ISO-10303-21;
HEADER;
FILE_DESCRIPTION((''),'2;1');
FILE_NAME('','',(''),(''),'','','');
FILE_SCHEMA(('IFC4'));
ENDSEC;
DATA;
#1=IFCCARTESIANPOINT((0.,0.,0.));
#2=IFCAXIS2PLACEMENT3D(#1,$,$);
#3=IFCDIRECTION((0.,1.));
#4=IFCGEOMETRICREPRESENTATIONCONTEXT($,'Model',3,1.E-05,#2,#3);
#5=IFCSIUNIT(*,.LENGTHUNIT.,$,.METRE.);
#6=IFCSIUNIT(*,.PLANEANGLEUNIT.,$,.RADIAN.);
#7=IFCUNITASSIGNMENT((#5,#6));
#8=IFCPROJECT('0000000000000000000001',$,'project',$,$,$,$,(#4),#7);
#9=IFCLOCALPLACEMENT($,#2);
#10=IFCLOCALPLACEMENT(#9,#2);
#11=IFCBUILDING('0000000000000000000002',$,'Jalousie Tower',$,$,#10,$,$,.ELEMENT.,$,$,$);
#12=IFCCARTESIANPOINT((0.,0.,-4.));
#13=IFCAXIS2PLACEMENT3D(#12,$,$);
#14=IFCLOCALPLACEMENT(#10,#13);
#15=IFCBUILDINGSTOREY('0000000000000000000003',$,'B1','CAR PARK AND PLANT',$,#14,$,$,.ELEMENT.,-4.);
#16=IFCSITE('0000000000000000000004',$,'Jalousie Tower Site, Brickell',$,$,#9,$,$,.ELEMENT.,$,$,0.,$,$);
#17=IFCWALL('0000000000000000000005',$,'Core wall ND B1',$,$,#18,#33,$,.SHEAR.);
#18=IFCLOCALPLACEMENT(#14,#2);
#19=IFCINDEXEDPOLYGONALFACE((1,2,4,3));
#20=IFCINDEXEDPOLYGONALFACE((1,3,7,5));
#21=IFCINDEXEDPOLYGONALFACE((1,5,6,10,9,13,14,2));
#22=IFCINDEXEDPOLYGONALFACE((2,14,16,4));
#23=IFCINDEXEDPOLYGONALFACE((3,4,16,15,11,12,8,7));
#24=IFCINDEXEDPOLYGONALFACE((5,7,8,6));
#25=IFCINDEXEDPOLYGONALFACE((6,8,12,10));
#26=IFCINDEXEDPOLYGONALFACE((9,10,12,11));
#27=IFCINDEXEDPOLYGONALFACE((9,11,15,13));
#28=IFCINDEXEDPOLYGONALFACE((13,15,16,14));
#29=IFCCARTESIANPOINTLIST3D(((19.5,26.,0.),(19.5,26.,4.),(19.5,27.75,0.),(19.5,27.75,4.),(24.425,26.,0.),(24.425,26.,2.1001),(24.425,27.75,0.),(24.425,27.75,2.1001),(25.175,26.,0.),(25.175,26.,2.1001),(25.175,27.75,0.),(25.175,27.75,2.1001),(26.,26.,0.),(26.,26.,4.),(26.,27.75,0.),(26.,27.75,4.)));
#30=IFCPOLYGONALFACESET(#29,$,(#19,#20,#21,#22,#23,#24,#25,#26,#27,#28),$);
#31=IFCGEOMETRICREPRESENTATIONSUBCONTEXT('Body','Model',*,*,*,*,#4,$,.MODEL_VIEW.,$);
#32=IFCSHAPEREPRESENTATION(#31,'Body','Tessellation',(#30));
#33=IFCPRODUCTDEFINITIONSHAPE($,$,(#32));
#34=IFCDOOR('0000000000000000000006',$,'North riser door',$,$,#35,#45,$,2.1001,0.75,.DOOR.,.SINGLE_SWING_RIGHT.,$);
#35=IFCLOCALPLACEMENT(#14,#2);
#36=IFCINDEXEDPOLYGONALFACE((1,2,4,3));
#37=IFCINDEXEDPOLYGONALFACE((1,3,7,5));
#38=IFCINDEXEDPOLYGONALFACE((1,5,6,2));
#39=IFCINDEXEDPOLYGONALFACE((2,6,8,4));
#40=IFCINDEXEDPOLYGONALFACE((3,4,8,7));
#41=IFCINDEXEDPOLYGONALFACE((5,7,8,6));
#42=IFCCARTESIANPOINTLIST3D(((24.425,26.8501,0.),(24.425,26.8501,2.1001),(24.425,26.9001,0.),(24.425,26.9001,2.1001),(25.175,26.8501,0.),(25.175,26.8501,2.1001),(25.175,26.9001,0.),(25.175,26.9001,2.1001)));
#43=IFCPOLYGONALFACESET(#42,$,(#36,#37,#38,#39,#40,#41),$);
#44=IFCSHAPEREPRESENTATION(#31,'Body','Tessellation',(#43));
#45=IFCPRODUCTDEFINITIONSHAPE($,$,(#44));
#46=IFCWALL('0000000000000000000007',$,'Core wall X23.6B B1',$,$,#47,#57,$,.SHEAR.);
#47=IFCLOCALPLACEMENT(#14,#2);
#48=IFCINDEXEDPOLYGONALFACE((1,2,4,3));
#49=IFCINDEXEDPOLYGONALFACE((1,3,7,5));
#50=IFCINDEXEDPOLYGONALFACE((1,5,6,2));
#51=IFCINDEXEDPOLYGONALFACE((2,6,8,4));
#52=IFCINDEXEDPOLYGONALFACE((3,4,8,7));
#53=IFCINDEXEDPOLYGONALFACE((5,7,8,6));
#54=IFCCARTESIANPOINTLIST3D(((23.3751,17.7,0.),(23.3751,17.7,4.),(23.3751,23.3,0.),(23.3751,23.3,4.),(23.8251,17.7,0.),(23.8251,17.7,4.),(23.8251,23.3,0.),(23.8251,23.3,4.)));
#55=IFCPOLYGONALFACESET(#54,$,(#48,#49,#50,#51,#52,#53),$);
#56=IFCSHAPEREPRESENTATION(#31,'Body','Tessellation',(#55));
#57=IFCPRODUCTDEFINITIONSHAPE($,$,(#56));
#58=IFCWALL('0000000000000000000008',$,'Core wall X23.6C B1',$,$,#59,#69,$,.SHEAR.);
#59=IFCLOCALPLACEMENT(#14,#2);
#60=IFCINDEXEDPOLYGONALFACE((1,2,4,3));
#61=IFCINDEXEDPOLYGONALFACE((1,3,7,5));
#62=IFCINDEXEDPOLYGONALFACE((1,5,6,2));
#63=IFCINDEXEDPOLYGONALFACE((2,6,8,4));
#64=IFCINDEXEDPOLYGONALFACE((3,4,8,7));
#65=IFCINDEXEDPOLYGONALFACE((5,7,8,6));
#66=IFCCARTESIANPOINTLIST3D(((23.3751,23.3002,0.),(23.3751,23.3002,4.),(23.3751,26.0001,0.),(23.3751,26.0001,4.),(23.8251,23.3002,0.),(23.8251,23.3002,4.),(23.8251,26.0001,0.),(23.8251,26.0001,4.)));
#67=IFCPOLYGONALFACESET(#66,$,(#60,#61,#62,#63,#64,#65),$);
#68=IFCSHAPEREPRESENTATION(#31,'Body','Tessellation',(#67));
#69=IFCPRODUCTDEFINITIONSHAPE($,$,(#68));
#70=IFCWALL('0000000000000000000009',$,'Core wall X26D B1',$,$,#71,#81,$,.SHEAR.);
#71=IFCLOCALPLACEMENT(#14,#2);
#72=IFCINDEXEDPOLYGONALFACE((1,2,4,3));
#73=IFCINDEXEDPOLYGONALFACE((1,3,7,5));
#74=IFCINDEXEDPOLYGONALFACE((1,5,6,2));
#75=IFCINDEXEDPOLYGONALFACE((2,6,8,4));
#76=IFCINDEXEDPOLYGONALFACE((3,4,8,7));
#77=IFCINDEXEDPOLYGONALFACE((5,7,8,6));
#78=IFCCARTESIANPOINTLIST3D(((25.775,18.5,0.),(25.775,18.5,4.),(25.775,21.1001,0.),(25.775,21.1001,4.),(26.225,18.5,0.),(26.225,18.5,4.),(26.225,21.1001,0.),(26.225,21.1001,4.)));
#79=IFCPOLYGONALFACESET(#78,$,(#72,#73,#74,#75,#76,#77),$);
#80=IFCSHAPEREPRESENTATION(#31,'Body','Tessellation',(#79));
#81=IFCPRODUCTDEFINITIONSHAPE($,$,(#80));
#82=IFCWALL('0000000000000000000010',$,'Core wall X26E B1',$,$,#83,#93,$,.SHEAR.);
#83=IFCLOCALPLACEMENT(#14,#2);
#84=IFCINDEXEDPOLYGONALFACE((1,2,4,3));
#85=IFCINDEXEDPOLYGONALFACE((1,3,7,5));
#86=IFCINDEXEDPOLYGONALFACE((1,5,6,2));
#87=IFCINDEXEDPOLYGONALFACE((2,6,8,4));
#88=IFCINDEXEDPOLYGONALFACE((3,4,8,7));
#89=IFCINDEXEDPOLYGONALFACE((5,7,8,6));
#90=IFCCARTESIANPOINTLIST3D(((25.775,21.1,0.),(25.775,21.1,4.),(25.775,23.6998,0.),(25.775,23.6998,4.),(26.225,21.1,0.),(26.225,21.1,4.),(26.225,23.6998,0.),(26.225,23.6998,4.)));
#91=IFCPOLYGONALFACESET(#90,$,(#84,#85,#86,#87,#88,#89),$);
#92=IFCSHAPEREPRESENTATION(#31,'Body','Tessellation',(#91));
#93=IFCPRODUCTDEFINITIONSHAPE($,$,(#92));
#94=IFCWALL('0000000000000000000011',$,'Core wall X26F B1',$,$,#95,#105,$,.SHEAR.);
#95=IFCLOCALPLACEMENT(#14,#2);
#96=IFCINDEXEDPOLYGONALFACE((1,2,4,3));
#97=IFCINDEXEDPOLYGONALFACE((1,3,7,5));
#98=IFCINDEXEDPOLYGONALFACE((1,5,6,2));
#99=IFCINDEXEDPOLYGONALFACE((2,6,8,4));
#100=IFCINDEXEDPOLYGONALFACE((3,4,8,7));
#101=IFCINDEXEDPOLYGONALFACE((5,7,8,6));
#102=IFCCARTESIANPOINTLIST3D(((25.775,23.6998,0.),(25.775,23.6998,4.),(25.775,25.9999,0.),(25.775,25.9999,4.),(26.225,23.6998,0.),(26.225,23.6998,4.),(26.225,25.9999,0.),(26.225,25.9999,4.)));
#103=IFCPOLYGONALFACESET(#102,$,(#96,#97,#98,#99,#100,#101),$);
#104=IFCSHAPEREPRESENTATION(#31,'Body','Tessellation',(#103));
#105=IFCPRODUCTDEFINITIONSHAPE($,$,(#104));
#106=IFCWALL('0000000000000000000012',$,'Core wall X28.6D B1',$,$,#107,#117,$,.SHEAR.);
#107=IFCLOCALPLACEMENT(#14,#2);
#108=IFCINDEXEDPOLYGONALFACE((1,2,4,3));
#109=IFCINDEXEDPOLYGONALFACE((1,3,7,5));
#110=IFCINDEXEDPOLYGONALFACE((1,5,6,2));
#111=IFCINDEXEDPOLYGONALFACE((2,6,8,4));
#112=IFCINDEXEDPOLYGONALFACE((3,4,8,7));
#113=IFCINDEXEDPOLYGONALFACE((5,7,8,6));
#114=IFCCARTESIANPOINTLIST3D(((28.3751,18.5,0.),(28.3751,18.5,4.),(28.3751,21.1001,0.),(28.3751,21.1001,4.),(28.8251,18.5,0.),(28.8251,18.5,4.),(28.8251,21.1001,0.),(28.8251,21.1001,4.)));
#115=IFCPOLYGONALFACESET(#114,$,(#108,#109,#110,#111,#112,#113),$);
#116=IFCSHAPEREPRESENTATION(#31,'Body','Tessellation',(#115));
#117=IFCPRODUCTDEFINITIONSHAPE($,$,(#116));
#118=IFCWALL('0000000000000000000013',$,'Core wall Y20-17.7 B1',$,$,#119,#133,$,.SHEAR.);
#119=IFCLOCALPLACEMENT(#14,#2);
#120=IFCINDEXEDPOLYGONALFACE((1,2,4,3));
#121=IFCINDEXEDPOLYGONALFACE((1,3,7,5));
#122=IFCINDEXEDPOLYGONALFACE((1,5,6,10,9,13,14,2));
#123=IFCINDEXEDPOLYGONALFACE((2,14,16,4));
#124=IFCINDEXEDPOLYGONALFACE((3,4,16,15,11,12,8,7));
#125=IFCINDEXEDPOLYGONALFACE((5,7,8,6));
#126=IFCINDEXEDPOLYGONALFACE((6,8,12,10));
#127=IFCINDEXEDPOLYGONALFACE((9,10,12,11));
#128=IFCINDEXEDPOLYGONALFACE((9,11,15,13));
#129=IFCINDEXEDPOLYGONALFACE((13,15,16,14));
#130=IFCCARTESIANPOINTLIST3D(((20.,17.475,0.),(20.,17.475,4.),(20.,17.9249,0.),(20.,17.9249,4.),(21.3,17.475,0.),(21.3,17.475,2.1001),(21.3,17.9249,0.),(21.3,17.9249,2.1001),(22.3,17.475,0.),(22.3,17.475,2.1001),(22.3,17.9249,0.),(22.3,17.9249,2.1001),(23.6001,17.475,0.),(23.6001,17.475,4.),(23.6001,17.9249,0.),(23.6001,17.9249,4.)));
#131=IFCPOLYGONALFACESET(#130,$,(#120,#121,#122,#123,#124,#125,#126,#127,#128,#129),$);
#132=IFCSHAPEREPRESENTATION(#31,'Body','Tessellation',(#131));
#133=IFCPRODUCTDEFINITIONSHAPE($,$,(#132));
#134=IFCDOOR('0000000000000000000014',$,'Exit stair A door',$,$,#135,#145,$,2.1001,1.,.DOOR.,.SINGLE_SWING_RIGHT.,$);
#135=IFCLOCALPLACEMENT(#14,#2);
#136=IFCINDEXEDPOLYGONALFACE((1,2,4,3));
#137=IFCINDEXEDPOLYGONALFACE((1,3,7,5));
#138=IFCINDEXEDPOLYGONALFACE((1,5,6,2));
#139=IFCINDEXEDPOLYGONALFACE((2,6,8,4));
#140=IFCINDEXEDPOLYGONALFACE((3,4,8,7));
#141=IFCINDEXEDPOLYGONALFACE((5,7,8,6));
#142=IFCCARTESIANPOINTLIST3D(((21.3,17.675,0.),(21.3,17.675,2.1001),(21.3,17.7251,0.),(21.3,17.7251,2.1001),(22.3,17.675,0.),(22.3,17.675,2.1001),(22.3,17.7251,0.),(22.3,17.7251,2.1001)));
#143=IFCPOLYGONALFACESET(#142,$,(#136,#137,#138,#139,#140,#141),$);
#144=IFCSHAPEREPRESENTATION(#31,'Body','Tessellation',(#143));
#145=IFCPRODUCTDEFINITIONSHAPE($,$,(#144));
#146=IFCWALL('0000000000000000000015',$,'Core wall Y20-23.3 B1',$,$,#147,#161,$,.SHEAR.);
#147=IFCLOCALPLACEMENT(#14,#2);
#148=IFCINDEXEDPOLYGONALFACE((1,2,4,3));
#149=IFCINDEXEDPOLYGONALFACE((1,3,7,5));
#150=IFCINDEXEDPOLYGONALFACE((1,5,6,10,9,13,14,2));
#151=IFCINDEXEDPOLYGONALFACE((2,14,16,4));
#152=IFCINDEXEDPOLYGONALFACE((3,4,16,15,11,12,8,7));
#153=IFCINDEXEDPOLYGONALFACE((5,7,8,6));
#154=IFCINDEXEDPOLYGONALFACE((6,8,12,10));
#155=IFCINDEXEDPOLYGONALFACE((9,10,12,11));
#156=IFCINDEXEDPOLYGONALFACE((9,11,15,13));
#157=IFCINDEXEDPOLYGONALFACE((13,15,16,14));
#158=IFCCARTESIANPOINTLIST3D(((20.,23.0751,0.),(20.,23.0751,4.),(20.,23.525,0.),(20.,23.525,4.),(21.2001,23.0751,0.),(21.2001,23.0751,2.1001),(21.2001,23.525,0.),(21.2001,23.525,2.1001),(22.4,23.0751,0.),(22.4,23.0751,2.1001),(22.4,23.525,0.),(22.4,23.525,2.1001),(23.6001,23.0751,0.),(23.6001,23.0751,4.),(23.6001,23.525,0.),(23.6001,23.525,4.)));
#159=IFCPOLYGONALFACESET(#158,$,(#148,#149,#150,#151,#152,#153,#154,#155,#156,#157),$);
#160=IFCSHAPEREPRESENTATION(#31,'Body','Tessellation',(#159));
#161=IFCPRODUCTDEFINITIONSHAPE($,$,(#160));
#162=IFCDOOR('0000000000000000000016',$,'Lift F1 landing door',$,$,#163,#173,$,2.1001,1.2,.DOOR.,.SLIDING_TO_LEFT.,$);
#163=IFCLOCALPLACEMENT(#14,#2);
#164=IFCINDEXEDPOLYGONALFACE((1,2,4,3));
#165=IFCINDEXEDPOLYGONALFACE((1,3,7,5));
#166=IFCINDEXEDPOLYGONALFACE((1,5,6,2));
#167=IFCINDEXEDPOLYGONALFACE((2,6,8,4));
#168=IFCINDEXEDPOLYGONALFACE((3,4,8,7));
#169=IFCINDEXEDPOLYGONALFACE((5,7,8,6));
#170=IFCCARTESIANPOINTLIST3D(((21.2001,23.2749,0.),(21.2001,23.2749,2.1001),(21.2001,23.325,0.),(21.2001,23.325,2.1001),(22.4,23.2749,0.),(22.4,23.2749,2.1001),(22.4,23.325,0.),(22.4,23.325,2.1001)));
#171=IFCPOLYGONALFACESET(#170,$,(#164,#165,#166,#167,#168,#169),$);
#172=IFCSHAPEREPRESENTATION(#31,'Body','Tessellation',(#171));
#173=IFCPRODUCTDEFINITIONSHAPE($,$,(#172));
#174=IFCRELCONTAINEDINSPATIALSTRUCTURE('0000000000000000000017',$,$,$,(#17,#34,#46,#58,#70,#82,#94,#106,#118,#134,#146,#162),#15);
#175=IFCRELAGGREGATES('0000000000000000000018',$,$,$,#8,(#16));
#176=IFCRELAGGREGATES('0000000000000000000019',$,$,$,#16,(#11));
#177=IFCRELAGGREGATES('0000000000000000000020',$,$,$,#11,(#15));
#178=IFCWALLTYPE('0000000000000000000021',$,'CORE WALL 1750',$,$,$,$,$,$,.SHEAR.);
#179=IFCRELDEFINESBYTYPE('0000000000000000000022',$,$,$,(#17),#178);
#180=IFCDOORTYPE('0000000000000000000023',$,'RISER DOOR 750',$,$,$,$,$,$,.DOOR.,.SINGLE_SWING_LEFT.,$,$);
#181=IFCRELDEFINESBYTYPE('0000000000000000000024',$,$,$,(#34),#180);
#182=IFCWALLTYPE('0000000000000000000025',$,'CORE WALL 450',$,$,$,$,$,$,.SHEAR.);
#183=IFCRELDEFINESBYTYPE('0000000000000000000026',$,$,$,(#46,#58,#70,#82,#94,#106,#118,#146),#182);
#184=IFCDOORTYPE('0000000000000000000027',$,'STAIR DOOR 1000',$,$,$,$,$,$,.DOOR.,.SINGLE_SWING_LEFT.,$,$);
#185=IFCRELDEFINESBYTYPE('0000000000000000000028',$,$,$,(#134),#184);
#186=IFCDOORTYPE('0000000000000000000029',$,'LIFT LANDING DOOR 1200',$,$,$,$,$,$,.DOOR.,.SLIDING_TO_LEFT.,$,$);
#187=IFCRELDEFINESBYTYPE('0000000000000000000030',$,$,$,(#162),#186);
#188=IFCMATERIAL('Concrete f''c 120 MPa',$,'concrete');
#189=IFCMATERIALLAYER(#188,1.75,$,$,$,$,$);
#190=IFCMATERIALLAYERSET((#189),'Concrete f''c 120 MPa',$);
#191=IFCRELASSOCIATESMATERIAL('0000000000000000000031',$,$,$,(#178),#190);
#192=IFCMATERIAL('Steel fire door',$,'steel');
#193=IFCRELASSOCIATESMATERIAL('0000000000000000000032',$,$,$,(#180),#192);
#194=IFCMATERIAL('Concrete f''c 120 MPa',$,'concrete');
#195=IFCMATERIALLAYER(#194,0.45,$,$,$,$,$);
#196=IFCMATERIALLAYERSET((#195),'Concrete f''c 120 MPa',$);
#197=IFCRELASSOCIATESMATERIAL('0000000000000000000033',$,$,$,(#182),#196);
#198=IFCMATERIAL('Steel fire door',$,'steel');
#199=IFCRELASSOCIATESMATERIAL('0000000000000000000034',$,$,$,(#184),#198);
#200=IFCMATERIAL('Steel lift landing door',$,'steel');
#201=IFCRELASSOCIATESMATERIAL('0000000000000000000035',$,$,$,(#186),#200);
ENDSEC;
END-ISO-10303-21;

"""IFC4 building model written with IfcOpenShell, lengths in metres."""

from ifc_helpers import new_model, si_unit, direction, frame, frame_2d, origin, place, context, subcontext, project, spatial, rectangle, extrude, material, layer, layer_set, type_object, element, fill, save


model = new_model("IFC4")

# Units and contexts
model_context = context("Model", 3, precision=1e-05, world=origin(), true_north=direction((0.0, 1.0)))
body_context = subcontext(model_context, "Body", "Model", "MODEL_VIEW")
ifc_project = project(units=[si_unit("LENGTHUNIT", "METRE"), si_unit("PLANEANGLEUNIT", "RADIAN")], contexts=[model_context])

# Site, building, storey
site_placement = place(None, origin())
site = spatial("IfcSite", under=ifc_project, at=site_placement, Name="Jalousie Tower Site, Brickell", CompositionType="ELEMENT", RefElevation=0.0)
building_placement = place(site_placement, origin())
building = spatial("IfcBuilding", under=site, at=building_placement, Name="Jalousie Tower", CompositionType="ELEMENT")
storey_placement = place(building_placement, frame((0.0, 0.0, -4.0)))
storey = spatial("IfcBuildingStorey", under=building, at=storey_placement, Name="B1", Description="CAR PARK AND PLANT", CompositionType="ELEMENT", Elevation=-4.0)

# Wall, opening, door
ifc_material_1 = material(Name="Concrete f'c 120 MPa", Category="concrete")
ifc_layer_1 = layer(ifc_material_1, 1.75)
ifc_layer_set_1 = layer_set([ifc_layer_1], Name="Concrete f'c 120 MPa")
wall_type_1 = type_object("IfcWallType", Name="CORE WALL 1750", PredefinedType="SHEAR", material=ifc_layer_set_1)
wall_1_placement = place(storey_placement, frame((26.0, 26.875, 0.0), z_axis=(0.0, 0.0, 1.0), x_axis=(-1.0, 0.0, 0.0)))
wall_1 = element("IfcWall", 1, at=wall_1_placement, inside=storey, type_object=wall_type_1, Name="Core wall ND B1", PredefinedType="SHEAR", context=body_context, shape_type="SweptSolid", body=[
    extrude(rectangle(XDim=6.5, YDim=1.75, at=frame_2d((3.25, 0.0))), origin(), (0.0, 0.0, 1.0), 4.0),
])
opening_1_placement = place(wall_1_placement, frame((0.825, 0.0, 0.0)))
opening_1 = element("IfcOpeningElement", 2, at=opening_1_placement, cuts=wall_1, PredefinedType="OPENING", context=body_context, shape_type="SweptSolid", body=[
    extrude(rectangle(XDim=0.75, YDim=2.1001, at=frame_2d((0.375, 1.05))), frame((0.0, 0.885, 0.0), z_axis=(0.0, -1.0, 0.0), x_axis=(1.0, 0.0, 0.0)), (0.0, 0.0, 1.0), 1.77),
])
ifc_material_2 = material(Name="Steel fire door", Category="steel")
door_type_1 = type_object("IfcDoorType", Name="RISER DOOR 750", OperationType="SINGLE_SWING_LEFT", PredefinedType="DOOR", material=ifc_material_2)
door_1_placement = place(opening_1_placement, origin())
door_1 = element("IfcDoor", 3, at=door_1_placement, inside=storey, type_object=door_type_1, Name="North riser door", OperationType="SINGLE_SWING_RIGHT", OverallHeight=2.1001, OverallWidth=0.75, PredefinedType="DOOR", context=body_context, shape_type="SweptSolid", body=[
    extrude(rectangle(XDim=0.75, YDim=2.1001, at=frame_2d((0.375, 1.05))), frame((0.0, 0.0249, 0.0), z_axis=(0.0, -1.0, 0.0), x_axis=(1.0, 0.0, 0.0)), (0.0, 0.0, 1.0), 0.05),
])
fill(opening_1, door_1)

# Walls
ifc_material_3 = material(Name="Concrete f'c 120 MPa", Category="concrete")
ifc_layer_2 = layer(ifc_material_3, 0.45)
ifc_layer_set_2 = layer_set([ifc_layer_2], Name="Concrete f'c 120 MPa")
wall_type_2 = type_object("IfcWallType", Name="CORE WALL 450", PredefinedType="SHEAR", material=ifc_layer_set_2)
wall_2_placement = place(storey_placement, frame((23.6001, 17.7, 0.0), z_axis=(0.0, 0.0, 1.0), x_axis=(0.0, 1.0, 0.0)))
element("IfcWall", 4, at=wall_2_placement, inside=storey, type_object=wall_type_2, Name="Core wall X23.6B B1", PredefinedType="SHEAR", context=body_context, shape_type="SweptSolid", body=[
    extrude(rectangle(XDim=5.6001, YDim=0.45, at=frame_2d((2.8, 0.0))), origin(), (0.0, 0.0, 1.0), 4.0),
])
wall_3_placement = place(storey_placement, frame((23.6001, 23.3, 0.0), z_axis=(0.0, 0.0, 1.0), x_axis=(0.0, 1.0, 0.0)))
element("IfcWall", 5, at=wall_3_placement, inside=storey, type_object=wall_type_2, Name="Core wall X23.6C B1", PredefinedType="SHEAR", context=body_context, shape_type="SweptSolid", body=[
    extrude(rectangle(XDim=2.7, YDim=0.45, at=frame_2d((1.3501, 0.0))), origin(), (0.0, 0.0, 1.0), 4.0),
])
wall_4_placement = place(storey_placement, frame((26.0, 18.5, 0.0), z_axis=(0.0, 0.0, 1.0), x_axis=(0.0, 1.0, 0.0)))
element("IfcWall", 6, at=wall_4_placement, inside=storey, type_object=wall_type_2, Name="Core wall X26D B1", PredefinedType="SHEAR", context=body_context, shape_type="SweptSolid", body=[
    extrude(rectangle(XDim=2.6001, YDim=0.45, at=frame_2d((1.3, 0.0))), origin(), (0.0, 0.0, 1.0), 4.0),
])
wall_5_placement = place(storey_placement, frame((26.0, 21.1001, 0.0), z_axis=(0.0, 0.0, 1.0), x_axis=(0.0, 1.0, 0.0)))
element("IfcWall", 7, at=wall_5_placement, inside=storey, type_object=wall_type_2, Name="Core wall X26E B1", PredefinedType="SHEAR", context=body_context, shape_type="SweptSolid", body=[
    extrude(rectangle(XDim=2.5999, YDim=0.45, at=frame_2d((1.2998, 0.0))), origin(), (0.0, 0.0, 1.0), 4.0),
])
wall_6_placement = place(storey_placement, frame((26.0, 23.7, 0.0), z_axis=(0.0, 0.0, 1.0), x_axis=(0.0, 1.0, 0.0)))
element("IfcWall", 8, at=wall_6_placement, inside=storey, type_object=wall_type_2, Name="Core wall X26F B1", PredefinedType="SHEAR", context=body_context, shape_type="SweptSolid", body=[
    extrude(rectangle(XDim=2.3, YDim=0.45, at=frame_2d((1.1499, 0.0))), origin(), (0.0, 0.0, 1.0), 4.0),
])
wall_7_placement = place(storey_placement, frame((28.6001, 18.5, 0.0), z_axis=(0.0, 0.0, 1.0), x_axis=(0.0, 1.0, 0.0)))
element("IfcWall", 9, at=wall_7_placement, inside=storey, type_object=wall_type_2, Name="Core wall X28.6D B1", PredefinedType="SHEAR", context=body_context, shape_type="SweptSolid", body=[
    extrude(rectangle(XDim=2.6001, YDim=0.45, at=frame_2d((1.3, 0.0))), origin(), (0.0, 0.0, 1.0), 4.0),
])

# Walls, openings, doors
wall_8_placement = place(storey_placement, frame((20.0, 17.7, 0.0), z_axis=(0.0, 0.0, 1.0), x_axis=(1.0, 0.0, 0.0)))
wall_8 = element("IfcWall", 10, at=wall_8_placement, inside=storey, type_object=wall_type_2, Name="Core wall Y20-17.7 B1", PredefinedType="SHEAR", context=body_context, shape_type="SweptSolid", body=[
    extrude(rectangle(XDim=3.6001, YDim=0.45, at=frame_2d((1.8, 0.0))), origin(), (0.0, 0.0, 1.0), 4.0),
])
opening_2_placement = place(wall_8_placement, frame((1.3, 0.0, 0.0)))
opening_2 = element("IfcOpeningElement", 11, at=opening_2_placement, cuts=wall_8, PredefinedType="OPENING", context=body_context, shape_type="SweptSolid", body=[
    extrude(rectangle(XDim=1.0, YDim=2.1001, at=frame_2d((0.5, 1.05))), frame((0.0, 0.2349, 0.0), z_axis=(0.0, -1.0, 0.0), x_axis=(1.0, 0.0, 0.0)), (0.0, 0.0, 1.0), 0.47),
])
ifc_material_4 = material(Name="Steel fire door", Category="steel")
door_type_2 = type_object("IfcDoorType", Name="STAIR DOOR 1000", OperationType="SINGLE_SWING_LEFT", PredefinedType="DOOR", material=ifc_material_4)
door_2_placement = place(opening_2_placement, frame((1.0, 0.0, 0.0), z_axis=(0.0, 0.0, 1.0), x_axis=(-1.0, 0.0, 0.0)))
door_2 = element("IfcDoor", 12, at=door_2_placement, inside=storey, type_object=door_type_2, Name="Exit stair A door", OperationType="SINGLE_SWING_RIGHT", OverallHeight=2.1001, OverallWidth=1.0, PredefinedType="DOOR", context=body_context, shape_type="SweptSolid", body=[
    extrude(rectangle(XDim=1.0, YDim=2.1001, at=frame_2d((0.5, 1.05))), frame((0.0, 0.0249, 0.0), z_axis=(0.0, -1.0, 0.0), x_axis=(1.0, 0.0, 0.0)), (0.0, 0.0, 1.0), 0.05),
])
fill(opening_2, door_2)
wall_9_placement = place(storey_placement, frame((20.0, 23.3, 0.0), z_axis=(0.0, 0.0, 1.0), x_axis=(1.0, 0.0, 0.0)))
wall_9 = element("IfcWall", 13, at=wall_9_placement, inside=storey, type_object=wall_type_2, Name="Core wall Y20-23.3 B1", PredefinedType="SHEAR", context=body_context, shape_type="SweptSolid", body=[
    extrude(rectangle(XDim=3.6001, YDim=0.45, at=frame_2d((1.8, 0.0))), origin(), (0.0, 0.0, 1.0), 4.0),
])
opening_3_placement = place(wall_9_placement, frame((1.2, 0.0, 0.0)))
opening_3 = element("IfcOpeningElement", 14, at=opening_3_placement, cuts=wall_9, PredefinedType="OPENING", context=body_context, shape_type="SweptSolid", body=[
    extrude(rectangle(XDim=1.2, YDim=2.1001, at=frame_2d((0.6001, 1.05))), frame((0.0, 0.2349, 0.0), z_axis=(0.0, -1.0, 0.0), x_axis=(1.0, 0.0, 0.0)), (0.0, 0.0, 1.0), 0.47),
])
ifc_material_5 = material(Name="Steel lift landing door", Category="steel")
door_type_3 = type_object("IfcDoorType", Name="LIFT LANDING DOOR 1200", OperationType="SLIDING_TO_LEFT", PredefinedType="DOOR", material=ifc_material_5)
door_3_placement = place(opening_3_placement, origin())
door_3 = element("IfcDoor", 15, at=door_3_placement, inside=storey, type_object=door_type_3, Name="Lift F1 landing door", OperationType="SLIDING_TO_LEFT", OverallHeight=2.1001, OverallWidth=1.2, PredefinedType="DOOR", context=body_context, shape_type="SweptSolid", body=[
    extrude(rectangle(XDim=1.2, YDim=2.1001, at=frame_2d((0.6001, 1.05))), frame((0.0, 0.0249, 0.0), z_axis=(0.0, -1.0, 0.0), x_axis=(1.0, 0.0, 0.0)), (0.0, 0.0, 1.0), 0.05),
])
fill(opening_3, door_3)

save(model, "model.ifc")
